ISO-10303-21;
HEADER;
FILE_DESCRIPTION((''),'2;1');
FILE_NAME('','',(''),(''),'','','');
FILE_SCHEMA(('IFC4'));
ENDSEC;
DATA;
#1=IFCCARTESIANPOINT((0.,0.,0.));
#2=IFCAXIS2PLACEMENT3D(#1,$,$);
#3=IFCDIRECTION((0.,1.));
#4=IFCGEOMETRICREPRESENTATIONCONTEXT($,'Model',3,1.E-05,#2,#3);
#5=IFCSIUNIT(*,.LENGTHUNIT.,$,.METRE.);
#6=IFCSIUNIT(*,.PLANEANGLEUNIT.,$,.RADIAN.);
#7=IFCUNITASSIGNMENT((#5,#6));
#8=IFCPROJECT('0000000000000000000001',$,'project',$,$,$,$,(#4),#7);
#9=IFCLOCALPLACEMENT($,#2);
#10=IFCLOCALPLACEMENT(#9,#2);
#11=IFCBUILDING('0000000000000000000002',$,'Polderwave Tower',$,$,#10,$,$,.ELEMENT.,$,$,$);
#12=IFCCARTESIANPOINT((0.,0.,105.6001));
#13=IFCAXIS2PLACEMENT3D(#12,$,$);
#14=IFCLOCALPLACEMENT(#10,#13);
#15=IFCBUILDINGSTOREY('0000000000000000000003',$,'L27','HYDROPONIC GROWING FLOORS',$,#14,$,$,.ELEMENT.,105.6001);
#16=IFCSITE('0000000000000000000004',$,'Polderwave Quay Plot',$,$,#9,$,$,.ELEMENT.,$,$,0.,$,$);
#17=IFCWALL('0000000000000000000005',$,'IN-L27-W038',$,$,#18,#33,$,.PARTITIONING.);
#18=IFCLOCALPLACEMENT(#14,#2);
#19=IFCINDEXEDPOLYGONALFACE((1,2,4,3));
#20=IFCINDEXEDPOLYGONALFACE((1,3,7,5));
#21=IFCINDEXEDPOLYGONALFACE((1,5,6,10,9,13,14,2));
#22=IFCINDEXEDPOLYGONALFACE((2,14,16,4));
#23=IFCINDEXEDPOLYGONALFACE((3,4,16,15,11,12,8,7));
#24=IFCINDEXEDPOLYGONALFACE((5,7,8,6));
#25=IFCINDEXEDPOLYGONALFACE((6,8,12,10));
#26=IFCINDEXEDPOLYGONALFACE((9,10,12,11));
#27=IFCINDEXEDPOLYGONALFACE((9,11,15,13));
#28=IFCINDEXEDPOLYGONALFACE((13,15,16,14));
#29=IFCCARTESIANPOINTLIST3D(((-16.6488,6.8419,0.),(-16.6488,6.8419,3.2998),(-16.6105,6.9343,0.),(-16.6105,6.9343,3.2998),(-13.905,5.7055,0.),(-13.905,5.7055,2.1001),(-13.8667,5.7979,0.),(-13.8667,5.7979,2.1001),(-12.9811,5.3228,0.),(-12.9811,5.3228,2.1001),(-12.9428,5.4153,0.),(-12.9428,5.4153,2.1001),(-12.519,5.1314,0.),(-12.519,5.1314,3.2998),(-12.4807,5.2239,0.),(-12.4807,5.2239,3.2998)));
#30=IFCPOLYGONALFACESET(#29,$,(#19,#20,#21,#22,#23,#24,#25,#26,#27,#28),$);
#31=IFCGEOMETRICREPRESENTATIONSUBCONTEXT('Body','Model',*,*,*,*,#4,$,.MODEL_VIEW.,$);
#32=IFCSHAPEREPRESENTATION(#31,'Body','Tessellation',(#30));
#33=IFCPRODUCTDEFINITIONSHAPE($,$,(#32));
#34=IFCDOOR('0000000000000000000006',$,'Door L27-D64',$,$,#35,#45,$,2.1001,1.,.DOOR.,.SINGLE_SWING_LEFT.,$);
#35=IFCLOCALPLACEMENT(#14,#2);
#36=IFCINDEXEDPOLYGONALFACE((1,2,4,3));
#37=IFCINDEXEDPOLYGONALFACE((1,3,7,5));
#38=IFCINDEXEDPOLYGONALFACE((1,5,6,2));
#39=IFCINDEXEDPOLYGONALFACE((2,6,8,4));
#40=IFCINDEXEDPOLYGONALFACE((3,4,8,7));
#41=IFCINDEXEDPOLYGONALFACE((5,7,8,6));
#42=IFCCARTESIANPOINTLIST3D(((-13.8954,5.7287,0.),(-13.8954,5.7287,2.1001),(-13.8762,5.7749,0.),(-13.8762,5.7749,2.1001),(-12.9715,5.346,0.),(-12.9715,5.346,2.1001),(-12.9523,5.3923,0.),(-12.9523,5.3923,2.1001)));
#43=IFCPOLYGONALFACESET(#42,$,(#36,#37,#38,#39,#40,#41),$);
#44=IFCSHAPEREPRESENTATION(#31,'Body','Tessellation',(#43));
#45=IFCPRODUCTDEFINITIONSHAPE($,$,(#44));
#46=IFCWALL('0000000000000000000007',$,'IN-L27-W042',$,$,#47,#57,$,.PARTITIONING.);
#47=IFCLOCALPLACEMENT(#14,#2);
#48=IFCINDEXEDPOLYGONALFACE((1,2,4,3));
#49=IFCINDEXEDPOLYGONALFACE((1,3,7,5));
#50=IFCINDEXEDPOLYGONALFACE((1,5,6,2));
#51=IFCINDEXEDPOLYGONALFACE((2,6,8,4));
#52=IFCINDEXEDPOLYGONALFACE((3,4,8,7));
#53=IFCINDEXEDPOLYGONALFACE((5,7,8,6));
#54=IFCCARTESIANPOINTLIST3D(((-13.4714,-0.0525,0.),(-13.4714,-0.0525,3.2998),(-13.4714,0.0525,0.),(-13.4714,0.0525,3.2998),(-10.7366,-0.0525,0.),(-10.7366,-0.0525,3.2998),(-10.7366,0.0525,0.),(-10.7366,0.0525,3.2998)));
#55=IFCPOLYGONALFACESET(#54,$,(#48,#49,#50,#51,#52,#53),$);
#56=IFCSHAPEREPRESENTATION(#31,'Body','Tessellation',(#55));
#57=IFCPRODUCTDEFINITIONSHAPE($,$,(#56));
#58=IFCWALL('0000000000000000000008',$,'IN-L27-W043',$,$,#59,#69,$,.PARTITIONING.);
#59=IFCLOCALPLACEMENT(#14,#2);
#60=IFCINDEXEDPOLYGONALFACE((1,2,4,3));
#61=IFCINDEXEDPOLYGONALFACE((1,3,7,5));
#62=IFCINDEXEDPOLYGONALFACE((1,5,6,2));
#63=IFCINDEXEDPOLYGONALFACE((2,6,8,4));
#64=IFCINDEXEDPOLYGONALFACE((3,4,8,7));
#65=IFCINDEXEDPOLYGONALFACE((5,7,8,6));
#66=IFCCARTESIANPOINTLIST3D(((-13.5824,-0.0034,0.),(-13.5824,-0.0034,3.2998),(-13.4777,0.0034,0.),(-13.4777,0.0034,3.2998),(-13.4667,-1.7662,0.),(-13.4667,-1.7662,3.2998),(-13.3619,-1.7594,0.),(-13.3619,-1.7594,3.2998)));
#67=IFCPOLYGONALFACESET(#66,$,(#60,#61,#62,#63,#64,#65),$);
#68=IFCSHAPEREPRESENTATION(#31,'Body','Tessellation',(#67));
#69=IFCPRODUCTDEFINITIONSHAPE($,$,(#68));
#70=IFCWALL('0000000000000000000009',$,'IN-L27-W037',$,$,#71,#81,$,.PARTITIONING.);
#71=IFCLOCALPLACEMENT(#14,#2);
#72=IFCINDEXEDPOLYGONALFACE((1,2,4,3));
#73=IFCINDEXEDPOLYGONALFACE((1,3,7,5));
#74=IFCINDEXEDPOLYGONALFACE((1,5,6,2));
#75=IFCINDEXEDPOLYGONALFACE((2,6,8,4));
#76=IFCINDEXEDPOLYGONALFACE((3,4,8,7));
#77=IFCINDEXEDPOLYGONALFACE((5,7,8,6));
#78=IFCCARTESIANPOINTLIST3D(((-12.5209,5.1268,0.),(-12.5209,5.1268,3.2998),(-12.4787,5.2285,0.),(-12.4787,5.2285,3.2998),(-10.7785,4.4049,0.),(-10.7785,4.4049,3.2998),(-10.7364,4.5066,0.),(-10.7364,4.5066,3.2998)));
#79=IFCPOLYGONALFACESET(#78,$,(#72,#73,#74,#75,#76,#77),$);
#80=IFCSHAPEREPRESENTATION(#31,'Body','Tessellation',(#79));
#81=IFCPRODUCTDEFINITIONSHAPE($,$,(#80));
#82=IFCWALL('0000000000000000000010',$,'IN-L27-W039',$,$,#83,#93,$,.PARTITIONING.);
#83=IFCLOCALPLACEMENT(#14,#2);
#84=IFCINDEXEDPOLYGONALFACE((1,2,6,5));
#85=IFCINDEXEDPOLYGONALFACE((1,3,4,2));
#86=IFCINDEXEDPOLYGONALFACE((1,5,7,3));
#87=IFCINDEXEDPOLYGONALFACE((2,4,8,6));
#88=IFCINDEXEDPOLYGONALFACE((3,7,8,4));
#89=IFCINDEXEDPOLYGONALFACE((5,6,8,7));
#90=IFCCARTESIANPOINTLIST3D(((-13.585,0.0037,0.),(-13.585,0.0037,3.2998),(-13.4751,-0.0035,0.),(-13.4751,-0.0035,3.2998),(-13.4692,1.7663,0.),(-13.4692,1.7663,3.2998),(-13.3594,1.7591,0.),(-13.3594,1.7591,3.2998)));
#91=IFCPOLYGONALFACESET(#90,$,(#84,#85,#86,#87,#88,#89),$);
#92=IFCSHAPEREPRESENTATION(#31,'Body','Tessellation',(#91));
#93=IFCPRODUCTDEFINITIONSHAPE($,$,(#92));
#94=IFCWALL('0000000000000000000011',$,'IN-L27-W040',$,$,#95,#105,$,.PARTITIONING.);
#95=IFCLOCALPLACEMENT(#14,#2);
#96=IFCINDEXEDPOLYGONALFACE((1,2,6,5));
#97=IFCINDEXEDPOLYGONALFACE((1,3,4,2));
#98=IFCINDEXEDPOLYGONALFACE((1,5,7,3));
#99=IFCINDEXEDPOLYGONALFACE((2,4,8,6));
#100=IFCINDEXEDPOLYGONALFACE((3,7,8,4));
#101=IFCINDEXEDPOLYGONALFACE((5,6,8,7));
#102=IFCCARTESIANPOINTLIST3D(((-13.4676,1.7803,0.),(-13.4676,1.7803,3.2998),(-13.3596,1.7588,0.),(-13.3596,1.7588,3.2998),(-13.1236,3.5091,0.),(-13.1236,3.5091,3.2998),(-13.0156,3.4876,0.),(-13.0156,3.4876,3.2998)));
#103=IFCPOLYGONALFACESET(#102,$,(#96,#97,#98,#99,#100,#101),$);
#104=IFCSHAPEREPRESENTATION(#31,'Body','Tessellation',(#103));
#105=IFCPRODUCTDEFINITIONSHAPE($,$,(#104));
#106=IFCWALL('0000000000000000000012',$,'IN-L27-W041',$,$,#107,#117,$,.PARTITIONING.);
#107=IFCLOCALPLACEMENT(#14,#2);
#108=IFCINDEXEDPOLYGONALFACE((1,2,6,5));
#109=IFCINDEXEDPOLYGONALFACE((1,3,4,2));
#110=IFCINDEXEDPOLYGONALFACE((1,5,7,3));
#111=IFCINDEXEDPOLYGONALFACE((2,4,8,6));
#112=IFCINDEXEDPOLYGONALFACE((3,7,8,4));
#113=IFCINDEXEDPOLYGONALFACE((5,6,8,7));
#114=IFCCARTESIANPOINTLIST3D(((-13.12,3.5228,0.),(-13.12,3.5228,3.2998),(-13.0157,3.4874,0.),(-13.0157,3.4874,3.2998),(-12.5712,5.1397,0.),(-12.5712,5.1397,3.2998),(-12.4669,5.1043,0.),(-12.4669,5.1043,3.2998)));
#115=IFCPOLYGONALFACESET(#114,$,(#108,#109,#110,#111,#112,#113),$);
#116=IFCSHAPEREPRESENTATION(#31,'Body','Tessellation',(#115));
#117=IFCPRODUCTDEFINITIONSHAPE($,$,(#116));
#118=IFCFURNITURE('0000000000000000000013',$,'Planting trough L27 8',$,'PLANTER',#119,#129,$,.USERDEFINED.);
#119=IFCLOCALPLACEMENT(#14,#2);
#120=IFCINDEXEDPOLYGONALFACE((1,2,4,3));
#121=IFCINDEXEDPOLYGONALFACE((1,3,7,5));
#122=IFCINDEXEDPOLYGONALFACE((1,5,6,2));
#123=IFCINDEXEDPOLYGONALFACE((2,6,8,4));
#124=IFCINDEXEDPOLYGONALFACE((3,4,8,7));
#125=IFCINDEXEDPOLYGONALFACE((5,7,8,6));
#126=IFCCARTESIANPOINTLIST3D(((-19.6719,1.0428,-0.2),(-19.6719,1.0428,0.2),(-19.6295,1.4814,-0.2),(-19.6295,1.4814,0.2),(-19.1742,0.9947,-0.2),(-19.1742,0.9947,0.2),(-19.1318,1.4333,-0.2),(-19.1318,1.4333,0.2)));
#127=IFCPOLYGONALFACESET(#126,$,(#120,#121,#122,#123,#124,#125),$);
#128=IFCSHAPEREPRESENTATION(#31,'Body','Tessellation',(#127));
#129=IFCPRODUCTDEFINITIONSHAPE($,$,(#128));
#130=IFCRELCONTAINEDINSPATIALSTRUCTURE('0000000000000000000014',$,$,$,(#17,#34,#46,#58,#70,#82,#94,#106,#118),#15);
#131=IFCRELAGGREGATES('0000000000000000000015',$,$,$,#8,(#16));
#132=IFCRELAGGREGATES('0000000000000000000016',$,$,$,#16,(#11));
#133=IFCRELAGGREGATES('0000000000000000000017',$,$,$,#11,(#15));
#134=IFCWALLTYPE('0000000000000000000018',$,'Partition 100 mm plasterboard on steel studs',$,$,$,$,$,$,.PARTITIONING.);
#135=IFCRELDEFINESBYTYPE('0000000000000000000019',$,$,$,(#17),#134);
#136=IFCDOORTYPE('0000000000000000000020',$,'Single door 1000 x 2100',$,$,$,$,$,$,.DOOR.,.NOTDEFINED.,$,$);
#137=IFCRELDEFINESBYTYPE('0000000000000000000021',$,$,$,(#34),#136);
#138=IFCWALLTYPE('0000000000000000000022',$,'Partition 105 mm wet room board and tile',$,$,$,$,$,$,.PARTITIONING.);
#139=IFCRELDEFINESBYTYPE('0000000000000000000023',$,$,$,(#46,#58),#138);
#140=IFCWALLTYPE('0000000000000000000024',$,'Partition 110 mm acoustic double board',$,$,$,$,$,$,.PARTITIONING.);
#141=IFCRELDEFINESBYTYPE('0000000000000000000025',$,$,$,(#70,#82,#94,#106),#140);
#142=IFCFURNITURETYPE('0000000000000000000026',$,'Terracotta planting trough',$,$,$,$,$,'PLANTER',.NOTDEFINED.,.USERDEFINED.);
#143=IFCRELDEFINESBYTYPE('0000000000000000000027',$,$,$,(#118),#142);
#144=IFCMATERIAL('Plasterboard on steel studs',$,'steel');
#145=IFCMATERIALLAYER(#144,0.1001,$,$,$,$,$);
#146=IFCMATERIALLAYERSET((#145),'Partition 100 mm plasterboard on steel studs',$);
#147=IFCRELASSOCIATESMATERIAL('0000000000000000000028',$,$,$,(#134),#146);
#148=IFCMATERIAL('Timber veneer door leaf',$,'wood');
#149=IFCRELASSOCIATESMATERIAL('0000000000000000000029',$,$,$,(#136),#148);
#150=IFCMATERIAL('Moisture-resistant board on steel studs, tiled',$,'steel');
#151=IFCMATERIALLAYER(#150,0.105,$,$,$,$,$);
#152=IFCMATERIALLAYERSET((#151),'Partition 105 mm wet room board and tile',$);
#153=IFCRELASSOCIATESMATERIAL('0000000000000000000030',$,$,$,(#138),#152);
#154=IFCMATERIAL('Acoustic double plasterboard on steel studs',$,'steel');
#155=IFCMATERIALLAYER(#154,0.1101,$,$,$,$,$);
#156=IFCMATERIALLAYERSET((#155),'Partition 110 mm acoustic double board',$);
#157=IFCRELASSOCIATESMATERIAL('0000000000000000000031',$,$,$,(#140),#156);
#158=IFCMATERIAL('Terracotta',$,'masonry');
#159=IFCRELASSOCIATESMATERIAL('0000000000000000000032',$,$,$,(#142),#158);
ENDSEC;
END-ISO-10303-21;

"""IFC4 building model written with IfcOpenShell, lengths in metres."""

from ifc_helpers import new_model, si_unit, direction, frame, frame_2d, origin, origin_2d, place, context, subcontext, project, spatial, rectangle, extrude, material, layer, layer_set, type_object, element, fill, save


model = new_model("IFC4")

# Units and contexts
model_context = context("Model", 3, precision=1e-05, world=origin(), true_north=direction((0.0, 1.0)))
body_context = subcontext(model_context, "Body", "Model", "MODEL_VIEW")
ifc_project = project(units=[si_unit("LENGTHUNIT", "METRE"), si_unit("PLANEANGLEUNIT", "RADIAN")], contexts=[model_context])

# Site, building, storey
site_placement = place(None, origin())
site = spatial("IfcSite", under=ifc_project, at=site_placement, Name="Polderwave Quay Plot", CompositionType="ELEMENT", RefElevation=0.0)
building_placement = place(site_placement, origin())
building = spatial("IfcBuilding", under=site, at=building_placement, Name="Polderwave Tower", CompositionType="ELEMENT")
storey_placement = place(building_placement, frame((0.0, 0.0, 105.6001)))
storey = spatial("IfcBuildingStorey", under=building, at=storey_placement, Name="L27", Description="HYDROPONIC GROWING FLOORS", CompositionType="ELEMENT", Elevation=105.6001)

# Wall, opening, door
ifc_material_1 = material(Name="Plasterboard on steel studs", Category="steel")
ifc_layer_1 = layer(ifc_material_1, 0.1001)
ifc_layer_set_1 = layer_set([ifc_layer_1], Name="Partition 100 mm plasterboard on steel studs")
wall_type_1 = type_object("IfcWallType", Name="Partition 100 mm plasterboard on steel studs", PredefinedType="PARTITIONING", material=ifc_layer_set_1)
wall_1_placement = place(storey_placement, frame((-12.5, 5.1777, 0.0), z_axis=(0.0, 0.0, 1.0), x_axis=(-0.923896, 0.382644, 0.0)))
wall_1 = element("IfcWall", 1, at=wall_1_placement, inside=storey, type_object=wall_type_1, Name="IN-L27-W038", PredefinedType="PARTITIONING", context=body_context, shape_type="SweptSolid", body=[
    extrude(rectangle(XDim=4.47, YDim=0.1001, at=frame_2d((2.2349, 0.0))), origin(), (0.0, 0.0, 1.0), 3.2998),
])
opening_1_placement = place(wall_1_placement, frame((0.5, 0.0, 0.0)))
opening_1 = element("IfcOpeningElement", 2, at=opening_1_placement, cuts=wall_1, PredefinedType="OPENING", context=body_context, shape_type="SweptSolid", body=[
    extrude(rectangle(XDim=1.0, YDim=2.1001, at=frame_2d((0.5, 1.05))), frame((0.0, 0.0601, 0.0), z_axis=(0.0, -1.0, 0.0), x_axis=(1.0, 0.0, 0.0)), (0.0, 0.0, 1.0), 0.1201),
])
ifc_material_2 = material(Name="Timber veneer door leaf", Category="wood")
door_type_1 = type_object("IfcDoorType", Name="Single door 1000 x 2100", OperationType="NOTDEFINED", PredefinedType="DOOR", material=ifc_material_2)
door_1_placement = place(opening_1_placement, origin())
door_1 = element("IfcDoor", 3, at=door_1_placement, inside=storey, type_object=door_type_1, Name="Door L27-D64", OperationType="SINGLE_SWING_LEFT", OverallHeight=2.1001, OverallWidth=1.0, PredefinedType="DOOR", context=body_context, shape_type="SweptSolid", body=[
    extrude(rectangle(XDim=1.0, YDim=2.1001, at=frame_2d((0.5, 1.05))), frame((0.0, 0.0249, 0.0), z_axis=(0.0, -1.0, 0.0), x_axis=(1.0, 0.0, 0.0)), (0.0, 0.0, 1.0), 0.05),
])
fill(opening_1, door_1)

# Walls
ifc_material_3 = material(Name="Moisture-resistant board on steel studs, tiled", Category="steel")
ifc_layer_2 = layer(ifc_material_3, 0.105)
ifc_layer_set_2 = layer_set([ifc_layer_2], Name="Partition 105 mm wet room board and tile")
wall_type_2 = type_object("IfcWallType", Name="Partition 105 mm wet room board and tile", PredefinedType="PARTITIONING", material=ifc_layer_set_2)
wall_2_placement = place(storey_placement, frame((-10.7366, 0.0, 0.0), z_axis=(0.0, 0.0, 1.0), x_axis=(-1.0, 0.0, 0.0)))
element("IfcWall", 4, at=wall_2_placement, inside=storey, type_object=wall_type_2, Name="IN-L27-W042", PredefinedType="PARTITIONING", context=body_context, shape_type="SweptSolid", body=[
    extrude(rectangle(XDim=2.7349, YDim=0.105, at=frame_2d((1.3674, 0.0))), origin(), (0.0, 0.0, 1.0), 3.2998),
])
wall_3_placement = place(storey_placement, frame((-13.53, 0.0, 0.0), z_axis=(0.0, 0.0, 1.0), x_axis=(0.06551, -0.997852, 0.0)))
element("IfcWall", 5, at=wall_3_placement, inside=storey, type_object=wall_type_2, Name="IN-L27-W043", PredefinedType="PARTITIONING", context=body_context, shape_type="SweptSolid", body=[
    extrude(rectangle(XDim=1.7666, YDim=0.105, at=frame_2d((0.8833, 0.0))), origin(), (0.0, 0.0, 1.0), 3.2998),
])
ifc_material_4 = material(Name="Acoustic double plasterboard on steel studs", Category="steel")
ifc_layer_3 = layer(ifc_material_4, 0.1101)
ifc_layer_set_3 = layer_set([ifc_layer_3], Name="Partition 110 mm acoustic double board")
wall_type_3 = type_object("IfcWallType", Name="Partition 110 mm acoustic double board", PredefinedType="PARTITIONING", material=ifc_layer_set_3)
wall_4_placement = place(storey_placement, frame((-10.7576, 4.4558, 0.0), z_axis=(0.0, 0.0, 1.0), x_axis=(-0.923845, 0.382767, 0.0)))
element("IfcWall", 6, at=wall_4_placement, inside=storey, type_object=wall_type_3, Name="IN-L27-W037", PredefinedType="PARTITIONING", context=body_context, shape_type="SweptSolid", body=[
    extrude(rectangle(XDim=1.886, YDim=0.1101, at=frame_2d((0.9429, 0.0))), origin(), (0.0, 0.0, 1.0), 3.2998),
])
wall_5_placement = place(storey_placement, frame((-13.53, 0.0, 0.0), z_axis=(0.0, 0.0, 1.0), x_axis=(0.065519, 0.997851, 0.0)))
element("IfcWall", 7, at=wall_5_placement, inside=storey, type_object=wall_type_3, Name="IN-L27-W039", PredefinedType="PARTITIONING", context=body_context, shape_type="SweptSolid", body=[
    extrude(rectangle(XDim=1.7664, YDim=0.1101, at=frame_2d((0.8833, 0.0))), origin(), (0.0, 0.0, 1.0), 3.2998),
])
wall_6_placement = place(storey_placement, frame((-13.4136, 1.7695, 0.0), z_axis=(0.0, 0.0, 1.0), x_axis=(0.195157, 0.980772, 0.0)))
element("IfcWall", 8, at=wall_6_placement, inside=storey, type_object=wall_type_3, Name="IN-L27-W040", PredefinedType="PARTITIONING", context=body_context, shape_type="SweptSolid", body=[
    extrude(rectangle(XDim=1.7627, YDim=0.1101, at=frame_2d((0.8813, 0.0))), origin(), (0.0, 0.0, 1.0), 3.2998),
])
wall_7_placement = place(storey_placement, frame((-13.0679, 3.5051, 0.0), z_axis=(0.0, 0.0, 1.0), x_axis=(0.321413, 0.946939, 0.0)))
element("IfcWall", 9, at=wall_7_placement, inside=storey, type_object=wall_type_3, Name="IN-L27-W041", PredefinedType="PARTITIONING", context=body_context, shape_type="SweptSolid", body=[
    extrude(rectangle(XDim=1.7075, YDim=0.1101, at=frame_2d((0.8538, 0.0))), origin(), (0.0, 0.0, 1.0), 3.2998),
])

# Furniture
ifc_material_5 = material(Name="Terracotta", Category="masonry")
furniture_type = type_object("IfcFurnitureType", Name="Terracotta planting trough", ElementType="PLANTER", AssemblyPlace="NOTDEFINED", PredefinedType="USERDEFINED", material=ifc_material_5)
furniture_placement = place(storey_placement, frame((-19.4019, 1.238, -0.2), z_axis=(0.0, 0.0, 1.0), x_axis=(-0.096165, -0.995365, 0.0)))
element("IfcFurniture", 10, at=furniture_placement, inside=storey, type_object=furniture_type, Name="Planting trough L27 8", ObjectType="PLANTER", PredefinedType="USERDEFINED", context=body_context, shape_type="SweptSolid", body=[
    extrude(rectangle(XDim=0.4407, YDim=0.5, at=origin_2d()), origin(), (0.0, 0.0, 1.0), 0.3999),
])

save(model, "model.ifc")
